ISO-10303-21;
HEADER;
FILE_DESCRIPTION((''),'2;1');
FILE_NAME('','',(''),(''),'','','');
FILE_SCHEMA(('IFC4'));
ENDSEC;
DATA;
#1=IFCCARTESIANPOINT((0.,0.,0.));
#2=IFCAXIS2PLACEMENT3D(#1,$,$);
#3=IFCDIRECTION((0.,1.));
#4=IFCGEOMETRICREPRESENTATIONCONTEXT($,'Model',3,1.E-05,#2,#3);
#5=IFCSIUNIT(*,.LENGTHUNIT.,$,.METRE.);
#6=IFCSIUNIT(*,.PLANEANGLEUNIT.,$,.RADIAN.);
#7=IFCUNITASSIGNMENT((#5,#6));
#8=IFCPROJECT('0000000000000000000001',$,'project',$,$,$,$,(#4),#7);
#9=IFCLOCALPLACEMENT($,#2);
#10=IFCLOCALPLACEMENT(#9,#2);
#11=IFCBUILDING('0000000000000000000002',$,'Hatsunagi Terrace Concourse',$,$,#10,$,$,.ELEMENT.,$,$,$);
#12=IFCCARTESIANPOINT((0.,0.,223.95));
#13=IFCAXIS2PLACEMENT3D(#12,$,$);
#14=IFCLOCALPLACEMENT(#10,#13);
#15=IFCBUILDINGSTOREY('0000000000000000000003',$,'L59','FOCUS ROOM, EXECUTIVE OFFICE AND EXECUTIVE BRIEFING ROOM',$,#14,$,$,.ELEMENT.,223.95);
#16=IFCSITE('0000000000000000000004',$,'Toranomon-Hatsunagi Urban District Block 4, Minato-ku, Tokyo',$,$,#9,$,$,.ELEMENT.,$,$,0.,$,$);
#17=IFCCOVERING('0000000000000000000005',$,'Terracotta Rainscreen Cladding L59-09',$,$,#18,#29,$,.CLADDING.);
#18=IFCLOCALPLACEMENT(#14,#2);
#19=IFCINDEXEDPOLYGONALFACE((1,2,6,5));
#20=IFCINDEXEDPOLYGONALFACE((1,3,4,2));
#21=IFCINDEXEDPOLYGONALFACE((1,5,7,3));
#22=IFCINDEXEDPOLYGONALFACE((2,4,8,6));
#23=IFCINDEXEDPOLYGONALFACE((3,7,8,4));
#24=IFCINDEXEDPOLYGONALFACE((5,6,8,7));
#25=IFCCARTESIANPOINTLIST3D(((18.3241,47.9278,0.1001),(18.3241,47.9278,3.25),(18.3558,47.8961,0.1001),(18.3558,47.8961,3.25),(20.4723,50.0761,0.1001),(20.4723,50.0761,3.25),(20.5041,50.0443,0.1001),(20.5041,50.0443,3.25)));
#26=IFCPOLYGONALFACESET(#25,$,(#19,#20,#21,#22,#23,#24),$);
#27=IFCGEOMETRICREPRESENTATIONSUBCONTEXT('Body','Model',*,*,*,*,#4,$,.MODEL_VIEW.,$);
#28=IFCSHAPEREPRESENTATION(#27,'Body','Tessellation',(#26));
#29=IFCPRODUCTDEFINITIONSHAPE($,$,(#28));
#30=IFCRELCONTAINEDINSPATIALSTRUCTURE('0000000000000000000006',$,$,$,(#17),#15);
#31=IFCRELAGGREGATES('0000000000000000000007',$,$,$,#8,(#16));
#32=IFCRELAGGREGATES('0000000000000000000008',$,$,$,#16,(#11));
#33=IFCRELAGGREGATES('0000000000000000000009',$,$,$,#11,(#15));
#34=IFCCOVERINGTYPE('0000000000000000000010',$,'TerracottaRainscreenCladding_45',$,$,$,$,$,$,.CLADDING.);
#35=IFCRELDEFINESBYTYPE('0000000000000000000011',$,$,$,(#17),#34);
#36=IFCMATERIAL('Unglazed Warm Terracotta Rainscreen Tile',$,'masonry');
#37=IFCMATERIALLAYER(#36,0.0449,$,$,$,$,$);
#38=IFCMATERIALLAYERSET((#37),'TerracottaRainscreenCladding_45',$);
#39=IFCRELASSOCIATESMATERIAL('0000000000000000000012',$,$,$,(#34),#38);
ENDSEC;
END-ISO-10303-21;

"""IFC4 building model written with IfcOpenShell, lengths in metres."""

from ifc_helpers import new_model, si_unit, direction, frame, origin, origin_2d, place, context, subcontext, project, spatial, rectangle, extrude, material, layer, layer_set, type_object, element, save


model = new_model("IFC4")

# Units and contexts
model_context = context("Model", 3, precision=1e-05, world=origin(), true_north=direction((0.0, 1.0)))
body_context = subcontext(model_context, "Body", "Model", "MODEL_VIEW")
ifc_project = project(units=[si_unit("LENGTHUNIT", "METRE"), si_unit("PLANEANGLEUNIT", "RADIAN")], contexts=[model_context])

# Site, building, storey
site_placement = place(None, origin())
site = spatial("IfcSite", under=ifc_project, at=site_placement, Name="Toranomon-Hatsunagi Urban District Block 4, Minato-ku, Tokyo", CompositionType="ELEMENT", RefElevation=0.0)
building_placement = place(site_placement, origin())
building = spatial("IfcBuilding", under=site, at=building_placement, Name="Hatsunagi Terrace Concourse", CompositionType="ELEMENT")
storey_placement = place(building_placement, frame((0.0, 0.0, 223.95)))
storey = spatial("IfcBuildingStorey", under=building, at=storey_placement, Name="L59", Description="FOCUS ROOM, EXECUTIVE OFFICE AND EXECUTIVE BRIEFING ROOM", CompositionType="ELEMENT", Elevation=223.95)

# Covering
ifc_material_1 = material(Name="Unglazed Warm Terracotta Rainscreen Tile", Category="masonry")
ifc_layer_1 = layer(ifc_material_1, 0.0449)
ifc_layer_set_1 = layer_set([ifc_layer_1], Name="TerracottaRainscreenCladding_45")
covering_type = type_object("IfcCoveringType", Name="TerracottaRainscreenCladding_45", PredefinedType="CLADDING", material=ifc_layer_set_1)
covering_placement = place(storey_placement, frame((19.4141, 48.9861, 0.1001), z_axis=(0.0, 0.0, 1.0), x_axis=(0.707107, 0.707107, 0.0)))
element("IfcCovering", 1, at=covering_placement, inside=storey, type_object=covering_type, Name="Terracotta Rainscreen Cladding L59-09", PredefinedType="CLADDING", context=body_context, shape_type="SweptSolid", body=[
    extrude(rectangle(XDim=3.0381, YDim=0.0449, at=origin_2d()), origin(), (0.0, 0.0, 1.0), 3.1499),
])

save(model, "model.ifc")
